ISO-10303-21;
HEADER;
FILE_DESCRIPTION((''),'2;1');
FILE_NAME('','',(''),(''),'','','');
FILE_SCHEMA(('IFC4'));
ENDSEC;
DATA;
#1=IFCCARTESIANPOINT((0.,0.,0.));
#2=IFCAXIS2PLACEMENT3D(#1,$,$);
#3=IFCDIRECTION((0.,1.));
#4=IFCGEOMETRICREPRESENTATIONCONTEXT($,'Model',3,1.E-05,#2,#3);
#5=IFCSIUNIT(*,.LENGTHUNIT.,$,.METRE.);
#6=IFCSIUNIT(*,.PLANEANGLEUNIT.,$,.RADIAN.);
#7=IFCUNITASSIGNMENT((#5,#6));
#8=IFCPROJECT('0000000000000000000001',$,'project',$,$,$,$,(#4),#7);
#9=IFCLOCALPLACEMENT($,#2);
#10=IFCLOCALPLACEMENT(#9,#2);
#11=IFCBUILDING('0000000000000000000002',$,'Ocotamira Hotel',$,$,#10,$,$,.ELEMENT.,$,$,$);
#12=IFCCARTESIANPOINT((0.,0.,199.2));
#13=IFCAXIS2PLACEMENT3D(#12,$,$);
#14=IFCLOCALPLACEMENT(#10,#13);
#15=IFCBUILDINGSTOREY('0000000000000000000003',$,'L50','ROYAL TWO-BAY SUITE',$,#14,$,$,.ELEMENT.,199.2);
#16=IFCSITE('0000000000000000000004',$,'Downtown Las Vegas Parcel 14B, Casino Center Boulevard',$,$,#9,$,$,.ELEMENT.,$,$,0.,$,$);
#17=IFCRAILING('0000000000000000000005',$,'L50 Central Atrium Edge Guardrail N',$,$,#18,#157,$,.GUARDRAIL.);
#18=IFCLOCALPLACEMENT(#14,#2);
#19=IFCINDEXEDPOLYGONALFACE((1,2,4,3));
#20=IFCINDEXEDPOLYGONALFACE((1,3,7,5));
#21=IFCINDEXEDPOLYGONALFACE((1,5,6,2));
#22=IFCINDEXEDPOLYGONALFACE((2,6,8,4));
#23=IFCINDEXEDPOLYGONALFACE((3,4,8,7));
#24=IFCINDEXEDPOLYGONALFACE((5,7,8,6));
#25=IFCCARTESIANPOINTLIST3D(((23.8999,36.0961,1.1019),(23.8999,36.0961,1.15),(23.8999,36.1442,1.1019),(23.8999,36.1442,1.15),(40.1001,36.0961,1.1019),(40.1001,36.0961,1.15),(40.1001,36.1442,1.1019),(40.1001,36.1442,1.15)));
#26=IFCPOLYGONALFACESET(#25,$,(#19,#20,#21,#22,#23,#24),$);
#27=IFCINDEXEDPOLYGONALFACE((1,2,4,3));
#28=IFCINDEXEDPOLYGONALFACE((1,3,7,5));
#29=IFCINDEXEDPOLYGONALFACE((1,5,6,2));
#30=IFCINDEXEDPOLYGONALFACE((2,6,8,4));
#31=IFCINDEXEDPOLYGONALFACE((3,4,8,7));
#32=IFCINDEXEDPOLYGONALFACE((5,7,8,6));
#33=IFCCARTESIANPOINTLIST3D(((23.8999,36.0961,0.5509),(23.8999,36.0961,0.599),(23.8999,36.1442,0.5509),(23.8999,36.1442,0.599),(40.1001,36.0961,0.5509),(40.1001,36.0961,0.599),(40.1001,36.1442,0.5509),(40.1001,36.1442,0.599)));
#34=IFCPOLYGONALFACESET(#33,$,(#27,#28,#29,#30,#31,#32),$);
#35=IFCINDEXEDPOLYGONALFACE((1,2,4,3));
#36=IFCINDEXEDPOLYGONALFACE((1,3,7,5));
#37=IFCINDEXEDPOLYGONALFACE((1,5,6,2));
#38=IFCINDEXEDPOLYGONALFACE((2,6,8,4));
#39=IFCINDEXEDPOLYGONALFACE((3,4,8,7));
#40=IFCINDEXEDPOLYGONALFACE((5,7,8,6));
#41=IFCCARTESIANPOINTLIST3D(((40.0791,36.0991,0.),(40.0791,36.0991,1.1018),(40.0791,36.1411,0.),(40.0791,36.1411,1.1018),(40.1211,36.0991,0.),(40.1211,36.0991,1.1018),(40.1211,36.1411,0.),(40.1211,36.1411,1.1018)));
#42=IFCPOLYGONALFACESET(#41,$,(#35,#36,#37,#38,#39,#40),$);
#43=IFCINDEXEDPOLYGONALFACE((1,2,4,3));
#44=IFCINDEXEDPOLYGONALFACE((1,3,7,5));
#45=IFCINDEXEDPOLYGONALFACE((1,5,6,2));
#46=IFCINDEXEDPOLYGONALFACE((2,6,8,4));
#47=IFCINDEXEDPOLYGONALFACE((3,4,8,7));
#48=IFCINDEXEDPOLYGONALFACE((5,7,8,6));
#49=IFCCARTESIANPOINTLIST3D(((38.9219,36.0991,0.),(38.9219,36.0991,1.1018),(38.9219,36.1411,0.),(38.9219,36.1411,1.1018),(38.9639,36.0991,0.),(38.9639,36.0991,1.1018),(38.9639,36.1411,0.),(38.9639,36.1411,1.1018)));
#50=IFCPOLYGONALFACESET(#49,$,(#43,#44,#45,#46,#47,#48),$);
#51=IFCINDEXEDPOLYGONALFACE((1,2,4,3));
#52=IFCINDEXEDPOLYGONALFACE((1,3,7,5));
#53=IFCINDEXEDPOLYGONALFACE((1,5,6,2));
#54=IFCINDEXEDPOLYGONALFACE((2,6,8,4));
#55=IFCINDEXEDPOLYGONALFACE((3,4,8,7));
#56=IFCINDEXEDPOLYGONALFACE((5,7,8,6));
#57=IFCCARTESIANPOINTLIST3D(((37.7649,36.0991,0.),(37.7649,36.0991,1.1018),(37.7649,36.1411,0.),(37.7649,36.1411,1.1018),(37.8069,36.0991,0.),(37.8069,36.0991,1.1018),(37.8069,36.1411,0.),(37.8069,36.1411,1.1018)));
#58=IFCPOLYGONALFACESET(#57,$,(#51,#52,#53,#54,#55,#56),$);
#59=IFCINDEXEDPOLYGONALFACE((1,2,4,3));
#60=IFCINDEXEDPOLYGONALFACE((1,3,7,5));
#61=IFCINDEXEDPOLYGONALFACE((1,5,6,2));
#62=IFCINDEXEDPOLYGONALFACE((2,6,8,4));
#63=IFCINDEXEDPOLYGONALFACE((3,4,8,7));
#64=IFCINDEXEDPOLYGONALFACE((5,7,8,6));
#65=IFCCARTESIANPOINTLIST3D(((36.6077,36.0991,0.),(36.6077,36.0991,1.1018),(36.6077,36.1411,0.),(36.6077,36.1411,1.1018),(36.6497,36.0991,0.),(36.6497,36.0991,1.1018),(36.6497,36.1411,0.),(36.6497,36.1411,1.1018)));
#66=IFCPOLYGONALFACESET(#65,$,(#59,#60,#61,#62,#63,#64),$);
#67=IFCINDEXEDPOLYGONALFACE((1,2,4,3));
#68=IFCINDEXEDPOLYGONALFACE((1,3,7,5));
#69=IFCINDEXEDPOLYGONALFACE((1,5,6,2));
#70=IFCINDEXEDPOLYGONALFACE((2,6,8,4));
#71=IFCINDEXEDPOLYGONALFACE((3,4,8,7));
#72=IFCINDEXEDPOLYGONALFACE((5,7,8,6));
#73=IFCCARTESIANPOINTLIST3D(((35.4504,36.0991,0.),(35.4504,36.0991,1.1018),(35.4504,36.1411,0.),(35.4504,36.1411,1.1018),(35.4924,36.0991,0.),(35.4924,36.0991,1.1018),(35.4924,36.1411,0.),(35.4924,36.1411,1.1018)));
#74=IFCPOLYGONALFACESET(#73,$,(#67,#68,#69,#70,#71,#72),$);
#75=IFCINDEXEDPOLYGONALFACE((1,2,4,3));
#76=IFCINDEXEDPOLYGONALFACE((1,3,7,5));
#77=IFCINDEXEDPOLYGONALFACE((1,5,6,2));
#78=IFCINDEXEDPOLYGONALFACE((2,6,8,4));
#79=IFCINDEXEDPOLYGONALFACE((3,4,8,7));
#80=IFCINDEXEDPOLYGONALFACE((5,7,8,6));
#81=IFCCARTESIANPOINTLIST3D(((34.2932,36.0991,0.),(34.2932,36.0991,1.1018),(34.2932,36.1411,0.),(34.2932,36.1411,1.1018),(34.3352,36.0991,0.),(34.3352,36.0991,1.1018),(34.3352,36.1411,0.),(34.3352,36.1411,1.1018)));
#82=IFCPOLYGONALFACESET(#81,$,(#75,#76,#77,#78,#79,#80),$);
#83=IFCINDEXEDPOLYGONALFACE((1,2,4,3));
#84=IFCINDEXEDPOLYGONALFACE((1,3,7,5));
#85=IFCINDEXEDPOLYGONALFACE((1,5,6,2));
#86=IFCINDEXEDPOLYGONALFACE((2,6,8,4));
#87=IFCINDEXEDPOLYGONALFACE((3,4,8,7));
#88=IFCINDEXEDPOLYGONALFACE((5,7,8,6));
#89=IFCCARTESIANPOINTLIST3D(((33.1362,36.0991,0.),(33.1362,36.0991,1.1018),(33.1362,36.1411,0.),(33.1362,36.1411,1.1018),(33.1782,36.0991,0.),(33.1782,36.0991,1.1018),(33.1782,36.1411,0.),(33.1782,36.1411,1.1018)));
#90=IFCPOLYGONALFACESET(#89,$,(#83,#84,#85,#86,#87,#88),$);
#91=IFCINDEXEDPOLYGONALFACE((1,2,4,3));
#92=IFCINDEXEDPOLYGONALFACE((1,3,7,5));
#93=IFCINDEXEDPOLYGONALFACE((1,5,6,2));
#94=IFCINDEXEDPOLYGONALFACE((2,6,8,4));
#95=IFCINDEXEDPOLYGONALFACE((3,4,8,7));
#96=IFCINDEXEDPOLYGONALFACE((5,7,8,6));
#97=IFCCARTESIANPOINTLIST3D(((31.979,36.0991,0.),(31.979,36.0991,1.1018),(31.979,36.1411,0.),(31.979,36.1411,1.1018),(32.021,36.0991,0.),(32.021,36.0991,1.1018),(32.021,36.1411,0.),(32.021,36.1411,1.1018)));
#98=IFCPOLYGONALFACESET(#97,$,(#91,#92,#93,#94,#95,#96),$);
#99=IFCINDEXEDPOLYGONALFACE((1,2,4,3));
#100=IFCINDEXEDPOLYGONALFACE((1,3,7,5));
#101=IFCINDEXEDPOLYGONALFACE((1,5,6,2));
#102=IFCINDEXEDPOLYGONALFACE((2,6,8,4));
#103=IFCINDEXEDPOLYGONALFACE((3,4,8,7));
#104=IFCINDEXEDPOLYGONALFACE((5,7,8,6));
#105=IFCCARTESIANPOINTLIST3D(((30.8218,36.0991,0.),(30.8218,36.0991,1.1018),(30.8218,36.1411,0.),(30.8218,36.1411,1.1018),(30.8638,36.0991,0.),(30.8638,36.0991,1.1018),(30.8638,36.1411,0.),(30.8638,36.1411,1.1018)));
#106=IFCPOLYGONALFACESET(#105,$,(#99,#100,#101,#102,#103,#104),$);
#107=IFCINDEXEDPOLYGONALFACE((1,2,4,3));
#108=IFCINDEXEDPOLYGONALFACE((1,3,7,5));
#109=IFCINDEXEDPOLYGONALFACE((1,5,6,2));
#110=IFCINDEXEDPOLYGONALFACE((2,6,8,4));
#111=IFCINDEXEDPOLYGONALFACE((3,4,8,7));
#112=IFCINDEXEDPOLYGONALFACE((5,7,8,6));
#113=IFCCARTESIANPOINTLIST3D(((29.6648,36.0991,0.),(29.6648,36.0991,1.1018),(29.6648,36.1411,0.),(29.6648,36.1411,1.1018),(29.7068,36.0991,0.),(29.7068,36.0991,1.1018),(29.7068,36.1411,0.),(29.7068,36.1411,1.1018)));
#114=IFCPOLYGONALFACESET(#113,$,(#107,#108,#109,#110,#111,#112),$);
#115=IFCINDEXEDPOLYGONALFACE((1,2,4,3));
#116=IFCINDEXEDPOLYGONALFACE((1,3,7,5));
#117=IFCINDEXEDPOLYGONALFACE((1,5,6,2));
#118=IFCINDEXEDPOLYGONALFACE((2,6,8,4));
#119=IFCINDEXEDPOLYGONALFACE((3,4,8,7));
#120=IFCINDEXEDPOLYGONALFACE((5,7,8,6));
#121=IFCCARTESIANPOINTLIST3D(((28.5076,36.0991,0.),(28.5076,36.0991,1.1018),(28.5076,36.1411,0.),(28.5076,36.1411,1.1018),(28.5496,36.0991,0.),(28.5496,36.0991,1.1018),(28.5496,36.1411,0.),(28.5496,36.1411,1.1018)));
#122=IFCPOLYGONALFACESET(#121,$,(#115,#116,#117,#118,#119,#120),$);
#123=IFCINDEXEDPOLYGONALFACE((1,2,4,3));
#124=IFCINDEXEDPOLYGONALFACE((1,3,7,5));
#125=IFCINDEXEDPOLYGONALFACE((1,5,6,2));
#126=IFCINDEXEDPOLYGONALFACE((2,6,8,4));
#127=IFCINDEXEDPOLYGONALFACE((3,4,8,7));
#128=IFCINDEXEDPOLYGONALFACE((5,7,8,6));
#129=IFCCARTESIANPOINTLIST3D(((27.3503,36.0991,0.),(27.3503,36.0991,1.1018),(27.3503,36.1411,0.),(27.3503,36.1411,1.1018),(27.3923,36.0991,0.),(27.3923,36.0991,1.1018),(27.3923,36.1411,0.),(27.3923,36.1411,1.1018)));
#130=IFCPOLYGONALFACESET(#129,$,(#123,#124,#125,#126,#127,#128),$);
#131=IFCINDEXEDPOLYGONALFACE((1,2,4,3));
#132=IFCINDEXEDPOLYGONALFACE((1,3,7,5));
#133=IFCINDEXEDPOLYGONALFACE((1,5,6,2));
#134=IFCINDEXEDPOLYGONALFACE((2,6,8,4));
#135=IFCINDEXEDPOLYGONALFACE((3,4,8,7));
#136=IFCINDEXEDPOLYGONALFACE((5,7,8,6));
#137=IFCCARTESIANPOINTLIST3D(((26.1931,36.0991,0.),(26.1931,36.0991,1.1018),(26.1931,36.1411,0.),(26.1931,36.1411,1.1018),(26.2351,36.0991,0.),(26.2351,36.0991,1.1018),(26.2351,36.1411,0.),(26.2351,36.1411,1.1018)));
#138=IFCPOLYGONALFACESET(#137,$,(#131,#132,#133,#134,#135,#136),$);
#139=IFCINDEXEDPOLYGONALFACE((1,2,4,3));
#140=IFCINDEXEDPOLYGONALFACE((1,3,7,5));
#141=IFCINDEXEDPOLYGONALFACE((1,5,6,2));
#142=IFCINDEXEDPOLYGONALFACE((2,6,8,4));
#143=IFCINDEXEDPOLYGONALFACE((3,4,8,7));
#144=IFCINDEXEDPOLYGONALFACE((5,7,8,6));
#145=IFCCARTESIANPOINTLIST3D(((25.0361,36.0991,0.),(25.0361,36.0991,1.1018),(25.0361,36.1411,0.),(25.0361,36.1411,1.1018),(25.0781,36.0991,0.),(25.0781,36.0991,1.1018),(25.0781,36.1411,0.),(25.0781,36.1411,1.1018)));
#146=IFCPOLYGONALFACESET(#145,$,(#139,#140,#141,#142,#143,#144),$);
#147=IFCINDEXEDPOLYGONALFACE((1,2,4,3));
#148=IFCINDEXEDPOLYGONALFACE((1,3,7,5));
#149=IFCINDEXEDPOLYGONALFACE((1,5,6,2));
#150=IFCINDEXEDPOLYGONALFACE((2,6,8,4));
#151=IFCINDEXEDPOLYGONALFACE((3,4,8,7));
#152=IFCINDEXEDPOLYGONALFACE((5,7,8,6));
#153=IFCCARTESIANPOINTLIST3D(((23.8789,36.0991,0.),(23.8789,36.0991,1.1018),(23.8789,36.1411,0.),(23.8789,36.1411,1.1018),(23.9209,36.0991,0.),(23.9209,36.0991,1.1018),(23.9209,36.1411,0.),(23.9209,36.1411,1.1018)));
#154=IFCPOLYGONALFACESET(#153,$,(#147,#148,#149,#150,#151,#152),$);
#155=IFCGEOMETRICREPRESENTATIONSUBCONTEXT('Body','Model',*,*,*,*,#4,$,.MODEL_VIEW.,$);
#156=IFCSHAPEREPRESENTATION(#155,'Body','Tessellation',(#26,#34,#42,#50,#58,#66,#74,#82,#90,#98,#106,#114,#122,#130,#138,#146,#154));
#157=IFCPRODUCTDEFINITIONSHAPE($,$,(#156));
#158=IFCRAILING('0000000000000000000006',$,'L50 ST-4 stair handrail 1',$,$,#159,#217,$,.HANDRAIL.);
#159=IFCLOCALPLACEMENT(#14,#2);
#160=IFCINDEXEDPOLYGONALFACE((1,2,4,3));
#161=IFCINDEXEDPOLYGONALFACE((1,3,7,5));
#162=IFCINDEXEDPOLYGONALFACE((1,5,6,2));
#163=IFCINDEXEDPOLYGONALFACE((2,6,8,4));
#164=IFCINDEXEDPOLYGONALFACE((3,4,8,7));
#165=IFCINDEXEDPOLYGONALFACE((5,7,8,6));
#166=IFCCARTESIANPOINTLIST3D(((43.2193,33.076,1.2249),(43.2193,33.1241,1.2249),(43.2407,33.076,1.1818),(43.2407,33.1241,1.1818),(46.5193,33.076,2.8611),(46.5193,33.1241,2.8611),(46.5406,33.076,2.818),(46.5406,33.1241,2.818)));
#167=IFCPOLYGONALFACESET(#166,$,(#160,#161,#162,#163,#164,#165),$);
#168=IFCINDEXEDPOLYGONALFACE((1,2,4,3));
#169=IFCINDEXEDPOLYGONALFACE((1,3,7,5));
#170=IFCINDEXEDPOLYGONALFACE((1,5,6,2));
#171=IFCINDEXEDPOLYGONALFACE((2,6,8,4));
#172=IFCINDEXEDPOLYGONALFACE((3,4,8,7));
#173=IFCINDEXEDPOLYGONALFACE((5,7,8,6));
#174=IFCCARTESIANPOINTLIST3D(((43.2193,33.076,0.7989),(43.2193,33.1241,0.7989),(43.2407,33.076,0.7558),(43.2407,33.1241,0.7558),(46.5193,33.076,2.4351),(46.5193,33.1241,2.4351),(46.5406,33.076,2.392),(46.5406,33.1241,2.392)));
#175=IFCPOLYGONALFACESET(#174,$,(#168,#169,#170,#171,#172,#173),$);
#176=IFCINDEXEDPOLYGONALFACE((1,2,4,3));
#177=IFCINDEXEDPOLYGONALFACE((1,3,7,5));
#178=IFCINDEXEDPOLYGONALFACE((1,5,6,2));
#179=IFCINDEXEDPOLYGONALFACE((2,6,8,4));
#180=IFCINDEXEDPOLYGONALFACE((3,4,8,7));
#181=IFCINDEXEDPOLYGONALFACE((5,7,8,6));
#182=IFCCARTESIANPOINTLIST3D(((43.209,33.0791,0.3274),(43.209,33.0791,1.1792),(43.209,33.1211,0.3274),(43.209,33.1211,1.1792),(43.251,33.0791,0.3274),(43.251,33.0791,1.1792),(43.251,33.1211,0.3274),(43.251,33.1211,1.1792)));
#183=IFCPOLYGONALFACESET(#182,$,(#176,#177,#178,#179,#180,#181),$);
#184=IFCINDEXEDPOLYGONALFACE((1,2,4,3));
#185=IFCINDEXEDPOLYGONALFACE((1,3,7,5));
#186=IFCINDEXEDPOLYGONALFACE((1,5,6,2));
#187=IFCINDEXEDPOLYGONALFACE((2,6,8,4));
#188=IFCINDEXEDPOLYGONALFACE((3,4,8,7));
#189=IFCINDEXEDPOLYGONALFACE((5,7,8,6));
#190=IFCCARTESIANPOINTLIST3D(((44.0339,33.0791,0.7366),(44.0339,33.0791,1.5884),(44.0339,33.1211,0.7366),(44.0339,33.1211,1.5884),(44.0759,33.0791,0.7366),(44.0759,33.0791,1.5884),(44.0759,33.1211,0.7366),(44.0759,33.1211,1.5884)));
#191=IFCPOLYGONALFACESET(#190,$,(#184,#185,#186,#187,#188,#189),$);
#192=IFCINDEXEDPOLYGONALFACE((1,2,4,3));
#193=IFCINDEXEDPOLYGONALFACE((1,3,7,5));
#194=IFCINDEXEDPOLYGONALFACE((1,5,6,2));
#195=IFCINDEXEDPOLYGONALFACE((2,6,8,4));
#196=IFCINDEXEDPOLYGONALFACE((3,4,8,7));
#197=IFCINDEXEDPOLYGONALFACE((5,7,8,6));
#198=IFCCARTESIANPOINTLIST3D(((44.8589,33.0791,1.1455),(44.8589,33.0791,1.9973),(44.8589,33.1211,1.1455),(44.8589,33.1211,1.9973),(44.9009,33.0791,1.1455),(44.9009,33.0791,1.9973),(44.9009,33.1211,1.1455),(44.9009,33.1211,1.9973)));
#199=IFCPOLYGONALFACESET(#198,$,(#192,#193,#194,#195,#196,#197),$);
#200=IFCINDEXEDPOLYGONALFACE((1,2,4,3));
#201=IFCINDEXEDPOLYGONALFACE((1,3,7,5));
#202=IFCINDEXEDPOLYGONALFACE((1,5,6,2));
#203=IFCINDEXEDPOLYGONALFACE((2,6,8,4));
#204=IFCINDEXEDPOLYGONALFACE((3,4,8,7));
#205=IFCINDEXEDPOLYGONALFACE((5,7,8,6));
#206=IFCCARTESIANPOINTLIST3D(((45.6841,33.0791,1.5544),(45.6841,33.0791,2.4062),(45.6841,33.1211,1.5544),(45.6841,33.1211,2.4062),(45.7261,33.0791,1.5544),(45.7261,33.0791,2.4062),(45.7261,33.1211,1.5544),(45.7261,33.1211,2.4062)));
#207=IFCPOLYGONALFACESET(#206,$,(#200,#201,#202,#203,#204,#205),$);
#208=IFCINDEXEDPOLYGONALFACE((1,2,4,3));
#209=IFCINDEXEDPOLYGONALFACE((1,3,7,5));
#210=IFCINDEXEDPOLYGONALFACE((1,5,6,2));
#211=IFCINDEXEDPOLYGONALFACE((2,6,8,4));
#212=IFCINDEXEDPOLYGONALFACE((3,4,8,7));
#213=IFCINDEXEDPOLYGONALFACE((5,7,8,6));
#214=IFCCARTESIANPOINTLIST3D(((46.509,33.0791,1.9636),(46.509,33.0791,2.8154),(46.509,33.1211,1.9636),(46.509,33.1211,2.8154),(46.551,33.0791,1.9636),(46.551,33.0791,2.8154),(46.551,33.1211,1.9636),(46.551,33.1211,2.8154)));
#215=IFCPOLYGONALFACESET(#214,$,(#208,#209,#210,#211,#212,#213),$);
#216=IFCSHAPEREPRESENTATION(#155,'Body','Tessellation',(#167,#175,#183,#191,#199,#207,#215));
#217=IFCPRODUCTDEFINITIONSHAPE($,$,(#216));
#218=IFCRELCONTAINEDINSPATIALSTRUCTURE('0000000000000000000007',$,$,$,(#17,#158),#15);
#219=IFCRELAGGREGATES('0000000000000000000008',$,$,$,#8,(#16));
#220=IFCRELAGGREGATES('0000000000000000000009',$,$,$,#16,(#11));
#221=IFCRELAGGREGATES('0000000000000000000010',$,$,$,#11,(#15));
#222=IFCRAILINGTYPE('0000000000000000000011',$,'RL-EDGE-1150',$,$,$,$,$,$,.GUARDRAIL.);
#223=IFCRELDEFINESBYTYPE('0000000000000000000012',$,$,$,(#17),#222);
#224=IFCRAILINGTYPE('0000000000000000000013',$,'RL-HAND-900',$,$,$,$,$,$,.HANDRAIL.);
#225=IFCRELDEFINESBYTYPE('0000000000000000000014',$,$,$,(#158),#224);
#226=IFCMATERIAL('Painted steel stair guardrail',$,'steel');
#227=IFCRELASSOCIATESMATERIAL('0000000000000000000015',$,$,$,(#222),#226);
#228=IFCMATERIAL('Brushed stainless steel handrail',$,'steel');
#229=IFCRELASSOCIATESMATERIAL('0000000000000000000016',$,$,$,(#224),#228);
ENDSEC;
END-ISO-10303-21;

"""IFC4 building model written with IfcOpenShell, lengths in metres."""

from ifc_helpers import new_model, si_unit, direction, frame, origin, origin_2d, place, context, subcontext, project, spatial, rectangle, extrude, material, type_object, element, save


model = new_model("IFC4")

# Units and contexts
model_context = context("Model", 3, precision=1e-05, world=origin(), true_north=direction((0.0, 1.0)))
body_context = subcontext(model_context, "Body", "Model", "MODEL_VIEW")
ifc_project = project(units=[si_unit("LENGTHUNIT", "METRE"), si_unit("PLANEANGLEUNIT", "RADIAN")], contexts=[model_context])

# Site, building, storey
site_placement = place(None, origin())
site = spatial("IfcSite", under=ifc_project, at=site_placement, Name="Downtown Las Vegas Parcel 14B, Casino Center Boulevard", CompositionType="ELEMENT", RefElevation=0.0)
building_placement = place(site_placement, origin())
building = spatial("IfcBuilding", under=site, at=building_placement, Name="Ocotamira Hotel", CompositionType="ELEMENT")
storey_placement = place(building_placement, frame((0.0, 0.0, 199.2)))
storey = spatial("IfcBuildingStorey", under=building, at=storey_placement, Name="L50", Description="ROYAL TWO-BAY SUITE", CompositionType="ELEMENT", Elevation=199.2)

# Railings
ifc_material_1 = material(Name="Painted steel stair guardrail", Category="steel")
railing_type_1 = type_object("IfcRailingType", Name="RL-EDGE-1150", PredefinedType="GUARDRAIL", material=ifc_material_1)
railing_1_placement = place(storey_placement, frame((40.1001, 36.1201, 0.0)))
element("IfcRailing", 1, at=railing_1_placement, inside=storey, type_object=railing_type_1, Name="L50 Central Atrium Edge Guardrail N", PredefinedType="GUARDRAIL", context=body_context, shape_type="SweptSolid", body=[
    extrude(rectangle(XDim=0.0481, YDim=0.0481, at=origin_2d()), frame((0.0, 0.0, 1.126), z_axis=(-1.0, 0.0, 0.0), x_axis=(0.0, -1.0, 0.0)), (0.0, 0.0, 1.0), 16.2002),
    extrude(rectangle(XDim=0.0481, YDim=0.0481, at=origin_2d()), frame((0.0, 0.0, 0.575), z_axis=(-1.0, 0.0, 0.0), x_axis=(0.0, -1.0, 0.0)), (0.0, 0.0, 1.0), 16.2002),
    extrude(rectangle(XDim=0.042, YDim=0.042, at=origin_2d()), origin(), (0.0, 0.0, 1.0), 1.1018),
    extrude(rectangle(XDim=0.042, YDim=0.042, at=origin_2d()), frame((-1.1572, 0.0, 0.0)), (0.0, 0.0, 1.0), 1.1018),
    extrude(rectangle(XDim=0.042, YDim=0.042, at=origin_2d()), frame((-2.3142, 0.0, 0.0)), (0.0, 0.0, 1.0), 1.1018),
    extrude(rectangle(XDim=0.042, YDim=0.042, at=origin_2d()), frame((-3.4714, 0.0, 0.0)), (0.0, 0.0, 1.0), 1.1018),
    extrude(rectangle(XDim=0.042, YDim=0.042, at=origin_2d()), frame((-4.6287, 0.0, 0.0)), (0.0, 0.0, 1.0), 1.1018),
    extrude(rectangle(XDim=0.042, YDim=0.042, at=origin_2d()), frame((-5.7859, 0.0, 0.0)), (0.0, 0.0, 1.0), 1.1018),
    extrude(rectangle(XDim=0.042, YDim=0.042, at=origin_2d()), frame((-6.9429, 0.0, 0.0)), (0.0, 0.0, 1.0), 1.1018),
    extrude(rectangle(XDim=0.042, YDim=0.042, at=origin_2d()), frame((-8.1001, 0.0, 0.0)), (0.0, 0.0, 1.0), 1.1018),
    extrude(rectangle(XDim=0.042, YDim=0.042, at=origin_2d()), frame((-9.2573, 0.0, 0.0)), (0.0, 0.0, 1.0), 1.1018),
    extrude(rectangle(XDim=0.042, YDim=0.042, at=origin_2d()), frame((-10.4143, 0.0, 0.0)), (0.0, 0.0, 1.0), 1.1018),
    extrude(rectangle(XDim=0.042, YDim=0.042, at=origin_2d()), frame((-11.5715, 0.0, 0.0)), (0.0, 0.0, 1.0), 1.1018),
    extrude(rectangle(XDim=0.042, YDim=0.042, at=origin_2d()), frame((-12.7288, 0.0, 0.0)), (0.0, 0.0, 1.0), 1.1018),
    extrude(rectangle(XDim=0.042, YDim=0.042, at=origin_2d()), frame((-13.886, 0.0, 0.0)), (0.0, 0.0, 1.0), 1.1018),
    extrude(rectangle(XDim=0.042, YDim=0.042, at=origin_2d()), frame((-15.043, 0.0, 0.0)), (0.0, 0.0, 1.0), 1.1018),
    extrude(rectangle(XDim=0.042, YDim=0.042, at=origin_2d()), frame((-16.2002, 0.0, 0.0)), (0.0, 0.0, 1.0), 1.1018),
])
ifc_material_2 = material(Name="Brushed stainless steel handrail", Category="steel")
railing_type_2 = type_object("IfcRailingType", Name="RL-HAND-900", PredefinedType="HANDRAIL", material=ifc_material_2)
railing_2_placement = place(storey_placement, frame((43.23, 33.1001, 0.3274)))
element("IfcRailing", 2, at=railing_2_placement, inside=storey, type_object=railing_type_2, Name="L50 ST-4 stair handrail 1", PredefinedType="HANDRAIL", context=body_context, shape_type="SweptSolid", body=[
    extrude(rectangle(XDim=0.0481, YDim=0.0481, at=origin_2d()), frame((0.0, 0.0, 0.876), z_axis=(0.89592, 0.0, 0.444215), x_axis=(0.0, 1.0, 0.0)), (0.0, 0.0, 1.0), 3.6833),
    extrude(rectangle(XDim=0.0481, YDim=0.0481, at=origin_2d()), frame((0.0, 0.0, 0.45), z_axis=(0.89592, 0.0, 0.444215), x_axis=(0.0, 1.0, 0.0)), (0.0, 0.0, 1.0), 3.6833),
    extrude(rectangle(XDim=0.042, YDim=0.042, at=origin_2d()), origin(), (0.0, 0.0, 1.0), 0.8518),
    extrude(rectangle(XDim=0.042, YDim=0.042, at=origin_2d()), frame((0.825, 0.0, 0.4092)), (0.0, 0.0, 1.0), 0.8518),
    extrude(rectangle(XDim=0.042, YDim=0.042, at=origin_2d()), frame((1.6499, 0.0, 0.8181)), (0.0, 0.0, 1.0), 0.8518),
    extrude(rectangle(XDim=0.042, YDim=0.042, at=origin_2d()), frame((2.4751, 0.0, 1.2271)), (0.0, 0.0, 1.0), 0.8518),
    extrude(rectangle(XDim=0.042, YDim=0.042, at=origin_2d()), frame((3.3, 0.0, 1.6362)), (0.0, 0.0, 1.0), 0.8518),
])

save(model, "model.ifc")
